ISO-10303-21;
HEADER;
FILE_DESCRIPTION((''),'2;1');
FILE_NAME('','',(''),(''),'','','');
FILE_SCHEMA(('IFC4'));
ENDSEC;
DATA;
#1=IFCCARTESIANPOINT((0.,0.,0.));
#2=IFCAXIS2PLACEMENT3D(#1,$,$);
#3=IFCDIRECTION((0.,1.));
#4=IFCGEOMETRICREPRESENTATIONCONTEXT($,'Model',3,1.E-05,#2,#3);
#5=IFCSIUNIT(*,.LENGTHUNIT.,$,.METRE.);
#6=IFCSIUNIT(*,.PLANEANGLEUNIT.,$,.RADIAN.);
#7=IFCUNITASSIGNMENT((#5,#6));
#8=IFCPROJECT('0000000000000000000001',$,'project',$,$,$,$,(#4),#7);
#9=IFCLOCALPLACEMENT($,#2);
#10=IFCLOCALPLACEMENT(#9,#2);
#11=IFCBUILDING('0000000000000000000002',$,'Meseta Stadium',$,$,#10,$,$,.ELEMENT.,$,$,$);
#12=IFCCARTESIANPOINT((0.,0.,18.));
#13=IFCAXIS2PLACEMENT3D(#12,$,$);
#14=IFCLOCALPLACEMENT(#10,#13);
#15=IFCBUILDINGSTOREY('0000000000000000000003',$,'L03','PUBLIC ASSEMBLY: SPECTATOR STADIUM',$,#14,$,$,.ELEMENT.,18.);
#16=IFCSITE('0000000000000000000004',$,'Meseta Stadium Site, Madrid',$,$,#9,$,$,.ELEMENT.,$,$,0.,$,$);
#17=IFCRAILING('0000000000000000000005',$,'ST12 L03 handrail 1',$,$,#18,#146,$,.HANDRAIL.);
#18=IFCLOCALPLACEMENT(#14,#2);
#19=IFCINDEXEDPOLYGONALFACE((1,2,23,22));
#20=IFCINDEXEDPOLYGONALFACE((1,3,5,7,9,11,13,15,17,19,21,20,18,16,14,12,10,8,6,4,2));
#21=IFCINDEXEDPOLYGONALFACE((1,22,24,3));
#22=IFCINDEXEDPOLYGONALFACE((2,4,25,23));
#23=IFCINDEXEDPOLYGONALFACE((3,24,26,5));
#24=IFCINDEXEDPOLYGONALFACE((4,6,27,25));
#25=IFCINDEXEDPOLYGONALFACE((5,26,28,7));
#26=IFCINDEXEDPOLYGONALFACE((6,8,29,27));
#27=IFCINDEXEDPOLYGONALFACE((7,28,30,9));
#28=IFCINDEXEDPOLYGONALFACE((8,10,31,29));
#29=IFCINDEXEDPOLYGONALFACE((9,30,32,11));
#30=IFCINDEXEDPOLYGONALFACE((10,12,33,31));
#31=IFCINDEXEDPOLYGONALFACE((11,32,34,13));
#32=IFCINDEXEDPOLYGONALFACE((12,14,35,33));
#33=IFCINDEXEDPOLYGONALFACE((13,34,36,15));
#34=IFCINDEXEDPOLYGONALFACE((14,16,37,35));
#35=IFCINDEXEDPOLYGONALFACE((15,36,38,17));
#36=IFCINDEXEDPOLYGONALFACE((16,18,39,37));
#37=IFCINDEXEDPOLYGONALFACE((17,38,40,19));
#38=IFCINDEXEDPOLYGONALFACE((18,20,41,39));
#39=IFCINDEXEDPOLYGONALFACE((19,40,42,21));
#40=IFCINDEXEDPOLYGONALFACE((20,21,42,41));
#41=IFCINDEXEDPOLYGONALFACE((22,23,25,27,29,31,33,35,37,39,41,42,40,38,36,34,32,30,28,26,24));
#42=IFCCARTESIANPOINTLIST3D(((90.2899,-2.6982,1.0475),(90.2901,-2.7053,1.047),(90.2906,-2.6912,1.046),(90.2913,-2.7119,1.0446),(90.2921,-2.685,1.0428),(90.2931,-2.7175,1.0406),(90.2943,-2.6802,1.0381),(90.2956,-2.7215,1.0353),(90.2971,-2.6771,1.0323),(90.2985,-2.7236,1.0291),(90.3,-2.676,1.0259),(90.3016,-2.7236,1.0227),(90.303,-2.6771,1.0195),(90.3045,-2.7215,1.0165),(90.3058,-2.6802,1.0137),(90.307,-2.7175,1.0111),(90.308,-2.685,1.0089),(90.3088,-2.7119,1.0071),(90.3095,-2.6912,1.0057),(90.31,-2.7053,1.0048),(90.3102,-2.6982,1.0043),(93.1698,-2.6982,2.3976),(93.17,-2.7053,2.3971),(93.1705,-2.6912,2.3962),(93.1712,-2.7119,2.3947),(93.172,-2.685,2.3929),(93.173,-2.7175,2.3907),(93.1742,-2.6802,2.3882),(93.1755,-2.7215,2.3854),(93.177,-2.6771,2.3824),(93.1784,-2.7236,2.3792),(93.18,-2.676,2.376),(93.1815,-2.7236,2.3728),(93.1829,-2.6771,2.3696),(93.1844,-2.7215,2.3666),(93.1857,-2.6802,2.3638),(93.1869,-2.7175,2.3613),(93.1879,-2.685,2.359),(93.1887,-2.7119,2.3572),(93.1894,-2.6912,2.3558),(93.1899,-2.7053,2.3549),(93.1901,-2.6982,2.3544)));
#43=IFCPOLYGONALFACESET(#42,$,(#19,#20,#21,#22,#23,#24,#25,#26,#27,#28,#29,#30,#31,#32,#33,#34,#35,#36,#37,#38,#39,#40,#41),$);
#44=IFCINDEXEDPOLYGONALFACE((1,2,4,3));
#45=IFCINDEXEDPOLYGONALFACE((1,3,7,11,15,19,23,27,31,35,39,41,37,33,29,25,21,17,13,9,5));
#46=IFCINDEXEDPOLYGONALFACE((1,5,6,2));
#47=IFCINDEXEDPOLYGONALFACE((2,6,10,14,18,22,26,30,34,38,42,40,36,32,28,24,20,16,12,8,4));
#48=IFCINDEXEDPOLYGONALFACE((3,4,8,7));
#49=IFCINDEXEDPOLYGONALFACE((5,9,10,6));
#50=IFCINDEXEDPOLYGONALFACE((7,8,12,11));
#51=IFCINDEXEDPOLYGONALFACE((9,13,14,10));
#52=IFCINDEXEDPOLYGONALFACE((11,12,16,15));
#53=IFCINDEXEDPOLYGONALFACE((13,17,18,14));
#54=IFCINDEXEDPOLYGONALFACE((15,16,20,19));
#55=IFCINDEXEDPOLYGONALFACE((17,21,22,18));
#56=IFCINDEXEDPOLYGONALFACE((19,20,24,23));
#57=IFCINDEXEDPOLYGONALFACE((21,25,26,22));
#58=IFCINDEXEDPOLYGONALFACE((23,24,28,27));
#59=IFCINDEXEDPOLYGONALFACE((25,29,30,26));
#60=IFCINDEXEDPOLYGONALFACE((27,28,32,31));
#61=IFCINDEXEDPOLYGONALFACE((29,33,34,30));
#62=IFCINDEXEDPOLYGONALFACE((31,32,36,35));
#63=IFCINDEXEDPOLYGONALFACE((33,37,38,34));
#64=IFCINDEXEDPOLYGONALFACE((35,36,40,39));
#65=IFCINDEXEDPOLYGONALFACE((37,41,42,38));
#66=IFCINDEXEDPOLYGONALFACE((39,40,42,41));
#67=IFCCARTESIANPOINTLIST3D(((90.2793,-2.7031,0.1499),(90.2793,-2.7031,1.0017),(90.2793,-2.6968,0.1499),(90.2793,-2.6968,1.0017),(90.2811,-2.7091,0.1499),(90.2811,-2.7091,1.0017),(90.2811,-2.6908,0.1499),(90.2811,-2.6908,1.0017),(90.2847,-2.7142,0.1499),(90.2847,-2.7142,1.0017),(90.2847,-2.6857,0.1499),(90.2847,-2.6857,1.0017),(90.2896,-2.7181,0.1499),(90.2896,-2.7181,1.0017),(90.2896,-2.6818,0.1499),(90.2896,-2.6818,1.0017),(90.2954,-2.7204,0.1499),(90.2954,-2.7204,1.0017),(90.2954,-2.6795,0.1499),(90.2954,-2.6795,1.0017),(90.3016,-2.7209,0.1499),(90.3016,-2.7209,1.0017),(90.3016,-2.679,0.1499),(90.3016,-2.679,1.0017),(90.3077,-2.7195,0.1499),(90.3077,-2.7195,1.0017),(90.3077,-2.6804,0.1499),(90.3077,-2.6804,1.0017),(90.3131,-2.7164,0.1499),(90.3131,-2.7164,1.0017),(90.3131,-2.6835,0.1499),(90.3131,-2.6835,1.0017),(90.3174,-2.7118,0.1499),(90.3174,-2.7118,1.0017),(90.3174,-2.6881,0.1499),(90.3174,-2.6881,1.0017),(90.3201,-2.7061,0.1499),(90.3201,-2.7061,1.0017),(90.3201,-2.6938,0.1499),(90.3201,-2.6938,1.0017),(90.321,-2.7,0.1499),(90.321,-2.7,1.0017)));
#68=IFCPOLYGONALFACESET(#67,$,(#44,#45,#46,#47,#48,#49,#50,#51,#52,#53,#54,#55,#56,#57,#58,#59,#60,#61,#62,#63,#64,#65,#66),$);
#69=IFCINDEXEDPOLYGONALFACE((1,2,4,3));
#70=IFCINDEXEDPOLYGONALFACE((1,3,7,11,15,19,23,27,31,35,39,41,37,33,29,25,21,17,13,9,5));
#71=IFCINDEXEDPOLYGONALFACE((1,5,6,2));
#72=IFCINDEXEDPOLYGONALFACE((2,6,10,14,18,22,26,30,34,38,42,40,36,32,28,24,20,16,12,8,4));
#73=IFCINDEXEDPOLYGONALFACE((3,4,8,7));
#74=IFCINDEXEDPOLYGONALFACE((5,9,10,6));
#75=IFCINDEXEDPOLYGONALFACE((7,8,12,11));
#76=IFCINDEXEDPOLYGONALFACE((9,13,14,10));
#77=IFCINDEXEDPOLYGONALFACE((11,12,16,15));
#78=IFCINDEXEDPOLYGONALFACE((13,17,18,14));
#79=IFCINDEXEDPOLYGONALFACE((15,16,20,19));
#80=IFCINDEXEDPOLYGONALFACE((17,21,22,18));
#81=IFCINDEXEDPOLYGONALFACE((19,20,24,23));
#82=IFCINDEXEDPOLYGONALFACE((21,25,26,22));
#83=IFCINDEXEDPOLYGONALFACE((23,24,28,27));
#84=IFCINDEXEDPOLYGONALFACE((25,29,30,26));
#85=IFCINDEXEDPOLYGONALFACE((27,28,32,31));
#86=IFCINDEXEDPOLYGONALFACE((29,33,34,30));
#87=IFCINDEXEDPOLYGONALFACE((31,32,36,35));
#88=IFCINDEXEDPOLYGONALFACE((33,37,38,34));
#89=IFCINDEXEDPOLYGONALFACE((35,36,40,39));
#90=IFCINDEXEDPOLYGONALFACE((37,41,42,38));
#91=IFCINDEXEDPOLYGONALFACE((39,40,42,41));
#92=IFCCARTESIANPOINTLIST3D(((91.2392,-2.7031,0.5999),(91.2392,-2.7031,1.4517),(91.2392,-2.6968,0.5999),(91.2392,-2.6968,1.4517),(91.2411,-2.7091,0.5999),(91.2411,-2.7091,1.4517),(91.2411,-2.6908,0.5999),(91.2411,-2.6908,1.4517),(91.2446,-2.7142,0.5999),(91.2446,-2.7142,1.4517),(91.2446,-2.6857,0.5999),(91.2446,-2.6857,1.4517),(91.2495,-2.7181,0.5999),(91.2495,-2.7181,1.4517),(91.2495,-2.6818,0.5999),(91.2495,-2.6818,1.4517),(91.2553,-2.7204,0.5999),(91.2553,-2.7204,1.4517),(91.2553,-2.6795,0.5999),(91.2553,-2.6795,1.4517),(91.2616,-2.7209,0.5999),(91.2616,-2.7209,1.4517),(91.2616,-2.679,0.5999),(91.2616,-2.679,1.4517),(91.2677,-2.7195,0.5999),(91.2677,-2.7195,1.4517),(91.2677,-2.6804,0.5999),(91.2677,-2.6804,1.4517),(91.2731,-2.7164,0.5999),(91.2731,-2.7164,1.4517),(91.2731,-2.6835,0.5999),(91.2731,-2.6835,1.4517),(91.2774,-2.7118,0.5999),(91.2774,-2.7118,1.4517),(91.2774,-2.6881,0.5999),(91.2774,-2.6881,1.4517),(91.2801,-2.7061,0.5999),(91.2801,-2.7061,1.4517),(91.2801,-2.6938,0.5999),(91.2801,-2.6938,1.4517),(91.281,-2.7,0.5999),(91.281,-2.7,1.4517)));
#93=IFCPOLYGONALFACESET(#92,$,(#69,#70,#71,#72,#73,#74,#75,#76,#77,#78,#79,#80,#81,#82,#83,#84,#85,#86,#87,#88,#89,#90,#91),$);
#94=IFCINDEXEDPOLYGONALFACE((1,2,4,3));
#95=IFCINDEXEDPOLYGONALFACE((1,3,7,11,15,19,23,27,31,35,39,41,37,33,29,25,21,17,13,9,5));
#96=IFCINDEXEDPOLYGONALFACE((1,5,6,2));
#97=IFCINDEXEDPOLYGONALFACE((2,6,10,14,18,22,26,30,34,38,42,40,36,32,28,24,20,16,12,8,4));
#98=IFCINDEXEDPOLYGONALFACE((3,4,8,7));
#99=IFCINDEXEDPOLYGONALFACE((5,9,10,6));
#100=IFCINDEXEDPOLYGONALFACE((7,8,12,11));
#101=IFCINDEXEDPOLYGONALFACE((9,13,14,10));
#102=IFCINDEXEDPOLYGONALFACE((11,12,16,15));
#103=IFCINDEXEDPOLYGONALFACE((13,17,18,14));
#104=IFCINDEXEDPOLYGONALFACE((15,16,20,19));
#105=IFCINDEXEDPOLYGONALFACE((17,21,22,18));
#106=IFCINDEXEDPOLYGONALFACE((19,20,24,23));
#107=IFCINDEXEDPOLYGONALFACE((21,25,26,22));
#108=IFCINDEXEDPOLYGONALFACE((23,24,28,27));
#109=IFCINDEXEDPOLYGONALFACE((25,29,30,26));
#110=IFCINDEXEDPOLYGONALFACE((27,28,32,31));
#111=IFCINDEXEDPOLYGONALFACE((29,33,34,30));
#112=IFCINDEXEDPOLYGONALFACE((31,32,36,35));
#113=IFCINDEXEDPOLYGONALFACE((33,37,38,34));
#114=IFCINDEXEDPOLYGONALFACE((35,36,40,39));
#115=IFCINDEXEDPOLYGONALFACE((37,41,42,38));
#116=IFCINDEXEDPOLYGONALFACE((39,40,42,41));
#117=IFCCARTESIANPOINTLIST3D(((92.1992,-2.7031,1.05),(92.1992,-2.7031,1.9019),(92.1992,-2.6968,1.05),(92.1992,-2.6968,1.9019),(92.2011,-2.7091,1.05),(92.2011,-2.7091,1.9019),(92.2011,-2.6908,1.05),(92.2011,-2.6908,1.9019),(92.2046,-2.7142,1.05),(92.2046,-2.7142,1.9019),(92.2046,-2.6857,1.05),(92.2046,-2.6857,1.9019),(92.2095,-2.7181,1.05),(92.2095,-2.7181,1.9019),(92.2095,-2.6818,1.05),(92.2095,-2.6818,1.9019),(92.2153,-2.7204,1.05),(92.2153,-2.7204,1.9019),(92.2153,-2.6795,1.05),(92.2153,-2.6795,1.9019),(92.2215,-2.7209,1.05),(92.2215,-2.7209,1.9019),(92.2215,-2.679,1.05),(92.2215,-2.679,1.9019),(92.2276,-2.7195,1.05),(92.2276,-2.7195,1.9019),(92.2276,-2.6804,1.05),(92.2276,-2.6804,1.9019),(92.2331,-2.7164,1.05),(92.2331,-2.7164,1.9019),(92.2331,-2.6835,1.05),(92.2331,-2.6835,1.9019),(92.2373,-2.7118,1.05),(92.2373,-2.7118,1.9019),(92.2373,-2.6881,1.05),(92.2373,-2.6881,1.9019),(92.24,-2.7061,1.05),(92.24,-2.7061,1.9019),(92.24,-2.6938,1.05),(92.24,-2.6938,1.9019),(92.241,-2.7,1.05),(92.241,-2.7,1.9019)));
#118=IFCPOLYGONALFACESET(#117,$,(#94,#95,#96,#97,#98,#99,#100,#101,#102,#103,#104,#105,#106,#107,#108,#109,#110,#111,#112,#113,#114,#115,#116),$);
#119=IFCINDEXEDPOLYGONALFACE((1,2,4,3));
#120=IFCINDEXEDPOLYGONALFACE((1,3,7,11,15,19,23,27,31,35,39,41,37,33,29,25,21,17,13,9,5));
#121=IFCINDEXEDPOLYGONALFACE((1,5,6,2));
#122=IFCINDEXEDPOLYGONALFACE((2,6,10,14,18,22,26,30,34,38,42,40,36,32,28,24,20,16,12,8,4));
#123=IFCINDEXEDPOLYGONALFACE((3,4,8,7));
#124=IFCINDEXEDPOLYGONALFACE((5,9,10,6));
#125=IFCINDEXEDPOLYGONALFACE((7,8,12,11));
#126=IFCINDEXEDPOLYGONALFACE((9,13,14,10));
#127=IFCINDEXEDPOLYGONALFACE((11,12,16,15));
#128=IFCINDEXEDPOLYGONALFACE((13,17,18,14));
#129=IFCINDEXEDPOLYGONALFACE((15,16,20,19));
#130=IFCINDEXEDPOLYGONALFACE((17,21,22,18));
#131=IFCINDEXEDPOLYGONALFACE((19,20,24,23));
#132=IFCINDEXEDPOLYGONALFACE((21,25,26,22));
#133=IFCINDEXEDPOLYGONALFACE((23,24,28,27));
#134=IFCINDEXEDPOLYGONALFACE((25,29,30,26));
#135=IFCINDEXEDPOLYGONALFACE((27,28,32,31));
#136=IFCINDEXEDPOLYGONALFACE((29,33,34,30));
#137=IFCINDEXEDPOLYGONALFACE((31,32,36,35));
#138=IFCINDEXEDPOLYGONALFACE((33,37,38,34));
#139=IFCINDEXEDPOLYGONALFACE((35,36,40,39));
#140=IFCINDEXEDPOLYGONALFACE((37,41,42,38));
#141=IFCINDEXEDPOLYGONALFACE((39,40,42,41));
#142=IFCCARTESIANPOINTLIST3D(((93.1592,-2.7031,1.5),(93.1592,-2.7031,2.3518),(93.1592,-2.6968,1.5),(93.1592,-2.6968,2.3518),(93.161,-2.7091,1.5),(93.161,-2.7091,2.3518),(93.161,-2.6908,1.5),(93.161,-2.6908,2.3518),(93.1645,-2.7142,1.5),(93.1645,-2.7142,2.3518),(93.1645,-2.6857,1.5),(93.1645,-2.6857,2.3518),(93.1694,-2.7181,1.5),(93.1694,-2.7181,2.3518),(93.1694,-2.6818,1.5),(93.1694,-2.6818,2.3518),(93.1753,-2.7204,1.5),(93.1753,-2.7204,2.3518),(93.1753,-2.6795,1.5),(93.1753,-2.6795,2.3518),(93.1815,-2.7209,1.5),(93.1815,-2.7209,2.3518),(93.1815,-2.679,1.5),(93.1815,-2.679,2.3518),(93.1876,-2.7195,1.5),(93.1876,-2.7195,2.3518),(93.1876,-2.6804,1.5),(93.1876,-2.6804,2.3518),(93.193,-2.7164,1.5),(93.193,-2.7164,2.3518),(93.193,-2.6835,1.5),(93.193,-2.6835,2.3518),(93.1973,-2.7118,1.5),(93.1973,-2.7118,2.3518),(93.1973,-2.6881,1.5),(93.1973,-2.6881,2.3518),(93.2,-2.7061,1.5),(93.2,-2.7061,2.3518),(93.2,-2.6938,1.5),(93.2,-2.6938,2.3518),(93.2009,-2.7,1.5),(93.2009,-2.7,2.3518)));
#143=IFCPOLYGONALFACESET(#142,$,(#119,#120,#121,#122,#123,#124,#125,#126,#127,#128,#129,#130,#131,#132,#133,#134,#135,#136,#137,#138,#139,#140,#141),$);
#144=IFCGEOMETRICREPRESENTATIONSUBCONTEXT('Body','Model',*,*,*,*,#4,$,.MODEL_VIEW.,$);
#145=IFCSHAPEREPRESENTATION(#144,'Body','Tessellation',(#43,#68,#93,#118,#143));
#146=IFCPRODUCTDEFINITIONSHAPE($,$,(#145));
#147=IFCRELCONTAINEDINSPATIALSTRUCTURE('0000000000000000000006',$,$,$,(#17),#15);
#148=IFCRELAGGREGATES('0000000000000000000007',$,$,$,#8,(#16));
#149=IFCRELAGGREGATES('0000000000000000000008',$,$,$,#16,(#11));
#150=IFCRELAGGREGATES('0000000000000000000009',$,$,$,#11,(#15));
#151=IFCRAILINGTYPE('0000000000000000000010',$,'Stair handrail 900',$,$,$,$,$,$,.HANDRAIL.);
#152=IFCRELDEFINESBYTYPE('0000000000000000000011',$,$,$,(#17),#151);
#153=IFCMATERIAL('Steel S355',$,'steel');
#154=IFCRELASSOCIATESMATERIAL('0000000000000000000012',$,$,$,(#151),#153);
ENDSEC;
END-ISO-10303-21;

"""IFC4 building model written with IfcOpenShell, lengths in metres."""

from ifc_helpers import new_model, si_unit, direction, frame, origin, origin_2d, place, context, subcontext, project, spatial, circle, extrude, material, type_object, element, save


model = new_model("IFC4")

# Units and contexts
model_context = context("Model", 3, precision=1e-05, world=origin(), true_north=direction((0.0, 1.0)))
body_context = subcontext(model_context, "Body", "Model", "MODEL_VIEW")
ifc_project = project(units=[si_unit("LENGTHUNIT", "METRE"), si_unit("PLANEANGLEUNIT", "RADIAN")], contexts=[model_context])

# Site, building, storey
site_placement = place(None, origin())
site = spatial("IfcSite", under=ifc_project, at=site_placement, Name="Meseta Stadium Site, Madrid", CompositionType="ELEMENT", RefElevation=0.0)
building_placement = place(site_placement, origin())
building = spatial("IfcBuilding", under=site, at=building_placement, Name="Meseta Stadium", CompositionType="ELEMENT")
storey_placement = place(building_placement, frame((0.0, 0.0, 18.0)))
storey = spatial("IfcBuildingStorey", under=building, at=storey_placement, Name="L03", Description="PUBLIC ASSEMBLY: SPECTATOR STADIUM", CompositionType="ELEMENT", Elevation=18.0)

# Railing
ifc_material_1 = material(Name="Steel S355", Category="steel")
railing_type_1 = type_object("IfcRailingType", Name="Stair handrail 900", PredefinedType="HANDRAIL", material=ifc_material_1)
for number, where, name in (
    (1, (90.3, -2.7, 0.1499), "ST12 L03 handrail 1"),
):
    element("IfcRailing", number, at=place(storey_placement, frame(where)), inside=storey, type_object=railing_type_1, Name=name, PredefinedType="HANDRAIL", context=body_context, shape_type="SweptSolid", body=[
        extrude(circle(Radius=0.0239, at=origin_2d()), frame((0.0, 0.0, 0.876), z_axis=(0.90544, 0.0, 0.424473), x_axis=(0.0, 1.0, 0.0)), (0.0, 0.0, 1.0), 3.1807),
        extrude(circle(Radius=0.021, at=origin_2d()), origin(), (0.0, 0.0, 1.0), 0.8518),
        extrude(circle(Radius=0.021, at=origin_2d()), frame((0.96, 0.0, 0.45)), (0.0, 0.0, 1.0), 0.8518),
        extrude(circle(Radius=0.021, at=origin_2d()), frame((1.9199, 0.0, 0.9001)), (0.0, 0.0, 1.0), 0.8518),
        extrude(circle(Radius=0.021, at=origin_2d()), frame((2.8799, 0.0, 1.3501)), (0.0, 0.0, 1.0), 0.8518),
    ])

save(model, "model.ifc")
